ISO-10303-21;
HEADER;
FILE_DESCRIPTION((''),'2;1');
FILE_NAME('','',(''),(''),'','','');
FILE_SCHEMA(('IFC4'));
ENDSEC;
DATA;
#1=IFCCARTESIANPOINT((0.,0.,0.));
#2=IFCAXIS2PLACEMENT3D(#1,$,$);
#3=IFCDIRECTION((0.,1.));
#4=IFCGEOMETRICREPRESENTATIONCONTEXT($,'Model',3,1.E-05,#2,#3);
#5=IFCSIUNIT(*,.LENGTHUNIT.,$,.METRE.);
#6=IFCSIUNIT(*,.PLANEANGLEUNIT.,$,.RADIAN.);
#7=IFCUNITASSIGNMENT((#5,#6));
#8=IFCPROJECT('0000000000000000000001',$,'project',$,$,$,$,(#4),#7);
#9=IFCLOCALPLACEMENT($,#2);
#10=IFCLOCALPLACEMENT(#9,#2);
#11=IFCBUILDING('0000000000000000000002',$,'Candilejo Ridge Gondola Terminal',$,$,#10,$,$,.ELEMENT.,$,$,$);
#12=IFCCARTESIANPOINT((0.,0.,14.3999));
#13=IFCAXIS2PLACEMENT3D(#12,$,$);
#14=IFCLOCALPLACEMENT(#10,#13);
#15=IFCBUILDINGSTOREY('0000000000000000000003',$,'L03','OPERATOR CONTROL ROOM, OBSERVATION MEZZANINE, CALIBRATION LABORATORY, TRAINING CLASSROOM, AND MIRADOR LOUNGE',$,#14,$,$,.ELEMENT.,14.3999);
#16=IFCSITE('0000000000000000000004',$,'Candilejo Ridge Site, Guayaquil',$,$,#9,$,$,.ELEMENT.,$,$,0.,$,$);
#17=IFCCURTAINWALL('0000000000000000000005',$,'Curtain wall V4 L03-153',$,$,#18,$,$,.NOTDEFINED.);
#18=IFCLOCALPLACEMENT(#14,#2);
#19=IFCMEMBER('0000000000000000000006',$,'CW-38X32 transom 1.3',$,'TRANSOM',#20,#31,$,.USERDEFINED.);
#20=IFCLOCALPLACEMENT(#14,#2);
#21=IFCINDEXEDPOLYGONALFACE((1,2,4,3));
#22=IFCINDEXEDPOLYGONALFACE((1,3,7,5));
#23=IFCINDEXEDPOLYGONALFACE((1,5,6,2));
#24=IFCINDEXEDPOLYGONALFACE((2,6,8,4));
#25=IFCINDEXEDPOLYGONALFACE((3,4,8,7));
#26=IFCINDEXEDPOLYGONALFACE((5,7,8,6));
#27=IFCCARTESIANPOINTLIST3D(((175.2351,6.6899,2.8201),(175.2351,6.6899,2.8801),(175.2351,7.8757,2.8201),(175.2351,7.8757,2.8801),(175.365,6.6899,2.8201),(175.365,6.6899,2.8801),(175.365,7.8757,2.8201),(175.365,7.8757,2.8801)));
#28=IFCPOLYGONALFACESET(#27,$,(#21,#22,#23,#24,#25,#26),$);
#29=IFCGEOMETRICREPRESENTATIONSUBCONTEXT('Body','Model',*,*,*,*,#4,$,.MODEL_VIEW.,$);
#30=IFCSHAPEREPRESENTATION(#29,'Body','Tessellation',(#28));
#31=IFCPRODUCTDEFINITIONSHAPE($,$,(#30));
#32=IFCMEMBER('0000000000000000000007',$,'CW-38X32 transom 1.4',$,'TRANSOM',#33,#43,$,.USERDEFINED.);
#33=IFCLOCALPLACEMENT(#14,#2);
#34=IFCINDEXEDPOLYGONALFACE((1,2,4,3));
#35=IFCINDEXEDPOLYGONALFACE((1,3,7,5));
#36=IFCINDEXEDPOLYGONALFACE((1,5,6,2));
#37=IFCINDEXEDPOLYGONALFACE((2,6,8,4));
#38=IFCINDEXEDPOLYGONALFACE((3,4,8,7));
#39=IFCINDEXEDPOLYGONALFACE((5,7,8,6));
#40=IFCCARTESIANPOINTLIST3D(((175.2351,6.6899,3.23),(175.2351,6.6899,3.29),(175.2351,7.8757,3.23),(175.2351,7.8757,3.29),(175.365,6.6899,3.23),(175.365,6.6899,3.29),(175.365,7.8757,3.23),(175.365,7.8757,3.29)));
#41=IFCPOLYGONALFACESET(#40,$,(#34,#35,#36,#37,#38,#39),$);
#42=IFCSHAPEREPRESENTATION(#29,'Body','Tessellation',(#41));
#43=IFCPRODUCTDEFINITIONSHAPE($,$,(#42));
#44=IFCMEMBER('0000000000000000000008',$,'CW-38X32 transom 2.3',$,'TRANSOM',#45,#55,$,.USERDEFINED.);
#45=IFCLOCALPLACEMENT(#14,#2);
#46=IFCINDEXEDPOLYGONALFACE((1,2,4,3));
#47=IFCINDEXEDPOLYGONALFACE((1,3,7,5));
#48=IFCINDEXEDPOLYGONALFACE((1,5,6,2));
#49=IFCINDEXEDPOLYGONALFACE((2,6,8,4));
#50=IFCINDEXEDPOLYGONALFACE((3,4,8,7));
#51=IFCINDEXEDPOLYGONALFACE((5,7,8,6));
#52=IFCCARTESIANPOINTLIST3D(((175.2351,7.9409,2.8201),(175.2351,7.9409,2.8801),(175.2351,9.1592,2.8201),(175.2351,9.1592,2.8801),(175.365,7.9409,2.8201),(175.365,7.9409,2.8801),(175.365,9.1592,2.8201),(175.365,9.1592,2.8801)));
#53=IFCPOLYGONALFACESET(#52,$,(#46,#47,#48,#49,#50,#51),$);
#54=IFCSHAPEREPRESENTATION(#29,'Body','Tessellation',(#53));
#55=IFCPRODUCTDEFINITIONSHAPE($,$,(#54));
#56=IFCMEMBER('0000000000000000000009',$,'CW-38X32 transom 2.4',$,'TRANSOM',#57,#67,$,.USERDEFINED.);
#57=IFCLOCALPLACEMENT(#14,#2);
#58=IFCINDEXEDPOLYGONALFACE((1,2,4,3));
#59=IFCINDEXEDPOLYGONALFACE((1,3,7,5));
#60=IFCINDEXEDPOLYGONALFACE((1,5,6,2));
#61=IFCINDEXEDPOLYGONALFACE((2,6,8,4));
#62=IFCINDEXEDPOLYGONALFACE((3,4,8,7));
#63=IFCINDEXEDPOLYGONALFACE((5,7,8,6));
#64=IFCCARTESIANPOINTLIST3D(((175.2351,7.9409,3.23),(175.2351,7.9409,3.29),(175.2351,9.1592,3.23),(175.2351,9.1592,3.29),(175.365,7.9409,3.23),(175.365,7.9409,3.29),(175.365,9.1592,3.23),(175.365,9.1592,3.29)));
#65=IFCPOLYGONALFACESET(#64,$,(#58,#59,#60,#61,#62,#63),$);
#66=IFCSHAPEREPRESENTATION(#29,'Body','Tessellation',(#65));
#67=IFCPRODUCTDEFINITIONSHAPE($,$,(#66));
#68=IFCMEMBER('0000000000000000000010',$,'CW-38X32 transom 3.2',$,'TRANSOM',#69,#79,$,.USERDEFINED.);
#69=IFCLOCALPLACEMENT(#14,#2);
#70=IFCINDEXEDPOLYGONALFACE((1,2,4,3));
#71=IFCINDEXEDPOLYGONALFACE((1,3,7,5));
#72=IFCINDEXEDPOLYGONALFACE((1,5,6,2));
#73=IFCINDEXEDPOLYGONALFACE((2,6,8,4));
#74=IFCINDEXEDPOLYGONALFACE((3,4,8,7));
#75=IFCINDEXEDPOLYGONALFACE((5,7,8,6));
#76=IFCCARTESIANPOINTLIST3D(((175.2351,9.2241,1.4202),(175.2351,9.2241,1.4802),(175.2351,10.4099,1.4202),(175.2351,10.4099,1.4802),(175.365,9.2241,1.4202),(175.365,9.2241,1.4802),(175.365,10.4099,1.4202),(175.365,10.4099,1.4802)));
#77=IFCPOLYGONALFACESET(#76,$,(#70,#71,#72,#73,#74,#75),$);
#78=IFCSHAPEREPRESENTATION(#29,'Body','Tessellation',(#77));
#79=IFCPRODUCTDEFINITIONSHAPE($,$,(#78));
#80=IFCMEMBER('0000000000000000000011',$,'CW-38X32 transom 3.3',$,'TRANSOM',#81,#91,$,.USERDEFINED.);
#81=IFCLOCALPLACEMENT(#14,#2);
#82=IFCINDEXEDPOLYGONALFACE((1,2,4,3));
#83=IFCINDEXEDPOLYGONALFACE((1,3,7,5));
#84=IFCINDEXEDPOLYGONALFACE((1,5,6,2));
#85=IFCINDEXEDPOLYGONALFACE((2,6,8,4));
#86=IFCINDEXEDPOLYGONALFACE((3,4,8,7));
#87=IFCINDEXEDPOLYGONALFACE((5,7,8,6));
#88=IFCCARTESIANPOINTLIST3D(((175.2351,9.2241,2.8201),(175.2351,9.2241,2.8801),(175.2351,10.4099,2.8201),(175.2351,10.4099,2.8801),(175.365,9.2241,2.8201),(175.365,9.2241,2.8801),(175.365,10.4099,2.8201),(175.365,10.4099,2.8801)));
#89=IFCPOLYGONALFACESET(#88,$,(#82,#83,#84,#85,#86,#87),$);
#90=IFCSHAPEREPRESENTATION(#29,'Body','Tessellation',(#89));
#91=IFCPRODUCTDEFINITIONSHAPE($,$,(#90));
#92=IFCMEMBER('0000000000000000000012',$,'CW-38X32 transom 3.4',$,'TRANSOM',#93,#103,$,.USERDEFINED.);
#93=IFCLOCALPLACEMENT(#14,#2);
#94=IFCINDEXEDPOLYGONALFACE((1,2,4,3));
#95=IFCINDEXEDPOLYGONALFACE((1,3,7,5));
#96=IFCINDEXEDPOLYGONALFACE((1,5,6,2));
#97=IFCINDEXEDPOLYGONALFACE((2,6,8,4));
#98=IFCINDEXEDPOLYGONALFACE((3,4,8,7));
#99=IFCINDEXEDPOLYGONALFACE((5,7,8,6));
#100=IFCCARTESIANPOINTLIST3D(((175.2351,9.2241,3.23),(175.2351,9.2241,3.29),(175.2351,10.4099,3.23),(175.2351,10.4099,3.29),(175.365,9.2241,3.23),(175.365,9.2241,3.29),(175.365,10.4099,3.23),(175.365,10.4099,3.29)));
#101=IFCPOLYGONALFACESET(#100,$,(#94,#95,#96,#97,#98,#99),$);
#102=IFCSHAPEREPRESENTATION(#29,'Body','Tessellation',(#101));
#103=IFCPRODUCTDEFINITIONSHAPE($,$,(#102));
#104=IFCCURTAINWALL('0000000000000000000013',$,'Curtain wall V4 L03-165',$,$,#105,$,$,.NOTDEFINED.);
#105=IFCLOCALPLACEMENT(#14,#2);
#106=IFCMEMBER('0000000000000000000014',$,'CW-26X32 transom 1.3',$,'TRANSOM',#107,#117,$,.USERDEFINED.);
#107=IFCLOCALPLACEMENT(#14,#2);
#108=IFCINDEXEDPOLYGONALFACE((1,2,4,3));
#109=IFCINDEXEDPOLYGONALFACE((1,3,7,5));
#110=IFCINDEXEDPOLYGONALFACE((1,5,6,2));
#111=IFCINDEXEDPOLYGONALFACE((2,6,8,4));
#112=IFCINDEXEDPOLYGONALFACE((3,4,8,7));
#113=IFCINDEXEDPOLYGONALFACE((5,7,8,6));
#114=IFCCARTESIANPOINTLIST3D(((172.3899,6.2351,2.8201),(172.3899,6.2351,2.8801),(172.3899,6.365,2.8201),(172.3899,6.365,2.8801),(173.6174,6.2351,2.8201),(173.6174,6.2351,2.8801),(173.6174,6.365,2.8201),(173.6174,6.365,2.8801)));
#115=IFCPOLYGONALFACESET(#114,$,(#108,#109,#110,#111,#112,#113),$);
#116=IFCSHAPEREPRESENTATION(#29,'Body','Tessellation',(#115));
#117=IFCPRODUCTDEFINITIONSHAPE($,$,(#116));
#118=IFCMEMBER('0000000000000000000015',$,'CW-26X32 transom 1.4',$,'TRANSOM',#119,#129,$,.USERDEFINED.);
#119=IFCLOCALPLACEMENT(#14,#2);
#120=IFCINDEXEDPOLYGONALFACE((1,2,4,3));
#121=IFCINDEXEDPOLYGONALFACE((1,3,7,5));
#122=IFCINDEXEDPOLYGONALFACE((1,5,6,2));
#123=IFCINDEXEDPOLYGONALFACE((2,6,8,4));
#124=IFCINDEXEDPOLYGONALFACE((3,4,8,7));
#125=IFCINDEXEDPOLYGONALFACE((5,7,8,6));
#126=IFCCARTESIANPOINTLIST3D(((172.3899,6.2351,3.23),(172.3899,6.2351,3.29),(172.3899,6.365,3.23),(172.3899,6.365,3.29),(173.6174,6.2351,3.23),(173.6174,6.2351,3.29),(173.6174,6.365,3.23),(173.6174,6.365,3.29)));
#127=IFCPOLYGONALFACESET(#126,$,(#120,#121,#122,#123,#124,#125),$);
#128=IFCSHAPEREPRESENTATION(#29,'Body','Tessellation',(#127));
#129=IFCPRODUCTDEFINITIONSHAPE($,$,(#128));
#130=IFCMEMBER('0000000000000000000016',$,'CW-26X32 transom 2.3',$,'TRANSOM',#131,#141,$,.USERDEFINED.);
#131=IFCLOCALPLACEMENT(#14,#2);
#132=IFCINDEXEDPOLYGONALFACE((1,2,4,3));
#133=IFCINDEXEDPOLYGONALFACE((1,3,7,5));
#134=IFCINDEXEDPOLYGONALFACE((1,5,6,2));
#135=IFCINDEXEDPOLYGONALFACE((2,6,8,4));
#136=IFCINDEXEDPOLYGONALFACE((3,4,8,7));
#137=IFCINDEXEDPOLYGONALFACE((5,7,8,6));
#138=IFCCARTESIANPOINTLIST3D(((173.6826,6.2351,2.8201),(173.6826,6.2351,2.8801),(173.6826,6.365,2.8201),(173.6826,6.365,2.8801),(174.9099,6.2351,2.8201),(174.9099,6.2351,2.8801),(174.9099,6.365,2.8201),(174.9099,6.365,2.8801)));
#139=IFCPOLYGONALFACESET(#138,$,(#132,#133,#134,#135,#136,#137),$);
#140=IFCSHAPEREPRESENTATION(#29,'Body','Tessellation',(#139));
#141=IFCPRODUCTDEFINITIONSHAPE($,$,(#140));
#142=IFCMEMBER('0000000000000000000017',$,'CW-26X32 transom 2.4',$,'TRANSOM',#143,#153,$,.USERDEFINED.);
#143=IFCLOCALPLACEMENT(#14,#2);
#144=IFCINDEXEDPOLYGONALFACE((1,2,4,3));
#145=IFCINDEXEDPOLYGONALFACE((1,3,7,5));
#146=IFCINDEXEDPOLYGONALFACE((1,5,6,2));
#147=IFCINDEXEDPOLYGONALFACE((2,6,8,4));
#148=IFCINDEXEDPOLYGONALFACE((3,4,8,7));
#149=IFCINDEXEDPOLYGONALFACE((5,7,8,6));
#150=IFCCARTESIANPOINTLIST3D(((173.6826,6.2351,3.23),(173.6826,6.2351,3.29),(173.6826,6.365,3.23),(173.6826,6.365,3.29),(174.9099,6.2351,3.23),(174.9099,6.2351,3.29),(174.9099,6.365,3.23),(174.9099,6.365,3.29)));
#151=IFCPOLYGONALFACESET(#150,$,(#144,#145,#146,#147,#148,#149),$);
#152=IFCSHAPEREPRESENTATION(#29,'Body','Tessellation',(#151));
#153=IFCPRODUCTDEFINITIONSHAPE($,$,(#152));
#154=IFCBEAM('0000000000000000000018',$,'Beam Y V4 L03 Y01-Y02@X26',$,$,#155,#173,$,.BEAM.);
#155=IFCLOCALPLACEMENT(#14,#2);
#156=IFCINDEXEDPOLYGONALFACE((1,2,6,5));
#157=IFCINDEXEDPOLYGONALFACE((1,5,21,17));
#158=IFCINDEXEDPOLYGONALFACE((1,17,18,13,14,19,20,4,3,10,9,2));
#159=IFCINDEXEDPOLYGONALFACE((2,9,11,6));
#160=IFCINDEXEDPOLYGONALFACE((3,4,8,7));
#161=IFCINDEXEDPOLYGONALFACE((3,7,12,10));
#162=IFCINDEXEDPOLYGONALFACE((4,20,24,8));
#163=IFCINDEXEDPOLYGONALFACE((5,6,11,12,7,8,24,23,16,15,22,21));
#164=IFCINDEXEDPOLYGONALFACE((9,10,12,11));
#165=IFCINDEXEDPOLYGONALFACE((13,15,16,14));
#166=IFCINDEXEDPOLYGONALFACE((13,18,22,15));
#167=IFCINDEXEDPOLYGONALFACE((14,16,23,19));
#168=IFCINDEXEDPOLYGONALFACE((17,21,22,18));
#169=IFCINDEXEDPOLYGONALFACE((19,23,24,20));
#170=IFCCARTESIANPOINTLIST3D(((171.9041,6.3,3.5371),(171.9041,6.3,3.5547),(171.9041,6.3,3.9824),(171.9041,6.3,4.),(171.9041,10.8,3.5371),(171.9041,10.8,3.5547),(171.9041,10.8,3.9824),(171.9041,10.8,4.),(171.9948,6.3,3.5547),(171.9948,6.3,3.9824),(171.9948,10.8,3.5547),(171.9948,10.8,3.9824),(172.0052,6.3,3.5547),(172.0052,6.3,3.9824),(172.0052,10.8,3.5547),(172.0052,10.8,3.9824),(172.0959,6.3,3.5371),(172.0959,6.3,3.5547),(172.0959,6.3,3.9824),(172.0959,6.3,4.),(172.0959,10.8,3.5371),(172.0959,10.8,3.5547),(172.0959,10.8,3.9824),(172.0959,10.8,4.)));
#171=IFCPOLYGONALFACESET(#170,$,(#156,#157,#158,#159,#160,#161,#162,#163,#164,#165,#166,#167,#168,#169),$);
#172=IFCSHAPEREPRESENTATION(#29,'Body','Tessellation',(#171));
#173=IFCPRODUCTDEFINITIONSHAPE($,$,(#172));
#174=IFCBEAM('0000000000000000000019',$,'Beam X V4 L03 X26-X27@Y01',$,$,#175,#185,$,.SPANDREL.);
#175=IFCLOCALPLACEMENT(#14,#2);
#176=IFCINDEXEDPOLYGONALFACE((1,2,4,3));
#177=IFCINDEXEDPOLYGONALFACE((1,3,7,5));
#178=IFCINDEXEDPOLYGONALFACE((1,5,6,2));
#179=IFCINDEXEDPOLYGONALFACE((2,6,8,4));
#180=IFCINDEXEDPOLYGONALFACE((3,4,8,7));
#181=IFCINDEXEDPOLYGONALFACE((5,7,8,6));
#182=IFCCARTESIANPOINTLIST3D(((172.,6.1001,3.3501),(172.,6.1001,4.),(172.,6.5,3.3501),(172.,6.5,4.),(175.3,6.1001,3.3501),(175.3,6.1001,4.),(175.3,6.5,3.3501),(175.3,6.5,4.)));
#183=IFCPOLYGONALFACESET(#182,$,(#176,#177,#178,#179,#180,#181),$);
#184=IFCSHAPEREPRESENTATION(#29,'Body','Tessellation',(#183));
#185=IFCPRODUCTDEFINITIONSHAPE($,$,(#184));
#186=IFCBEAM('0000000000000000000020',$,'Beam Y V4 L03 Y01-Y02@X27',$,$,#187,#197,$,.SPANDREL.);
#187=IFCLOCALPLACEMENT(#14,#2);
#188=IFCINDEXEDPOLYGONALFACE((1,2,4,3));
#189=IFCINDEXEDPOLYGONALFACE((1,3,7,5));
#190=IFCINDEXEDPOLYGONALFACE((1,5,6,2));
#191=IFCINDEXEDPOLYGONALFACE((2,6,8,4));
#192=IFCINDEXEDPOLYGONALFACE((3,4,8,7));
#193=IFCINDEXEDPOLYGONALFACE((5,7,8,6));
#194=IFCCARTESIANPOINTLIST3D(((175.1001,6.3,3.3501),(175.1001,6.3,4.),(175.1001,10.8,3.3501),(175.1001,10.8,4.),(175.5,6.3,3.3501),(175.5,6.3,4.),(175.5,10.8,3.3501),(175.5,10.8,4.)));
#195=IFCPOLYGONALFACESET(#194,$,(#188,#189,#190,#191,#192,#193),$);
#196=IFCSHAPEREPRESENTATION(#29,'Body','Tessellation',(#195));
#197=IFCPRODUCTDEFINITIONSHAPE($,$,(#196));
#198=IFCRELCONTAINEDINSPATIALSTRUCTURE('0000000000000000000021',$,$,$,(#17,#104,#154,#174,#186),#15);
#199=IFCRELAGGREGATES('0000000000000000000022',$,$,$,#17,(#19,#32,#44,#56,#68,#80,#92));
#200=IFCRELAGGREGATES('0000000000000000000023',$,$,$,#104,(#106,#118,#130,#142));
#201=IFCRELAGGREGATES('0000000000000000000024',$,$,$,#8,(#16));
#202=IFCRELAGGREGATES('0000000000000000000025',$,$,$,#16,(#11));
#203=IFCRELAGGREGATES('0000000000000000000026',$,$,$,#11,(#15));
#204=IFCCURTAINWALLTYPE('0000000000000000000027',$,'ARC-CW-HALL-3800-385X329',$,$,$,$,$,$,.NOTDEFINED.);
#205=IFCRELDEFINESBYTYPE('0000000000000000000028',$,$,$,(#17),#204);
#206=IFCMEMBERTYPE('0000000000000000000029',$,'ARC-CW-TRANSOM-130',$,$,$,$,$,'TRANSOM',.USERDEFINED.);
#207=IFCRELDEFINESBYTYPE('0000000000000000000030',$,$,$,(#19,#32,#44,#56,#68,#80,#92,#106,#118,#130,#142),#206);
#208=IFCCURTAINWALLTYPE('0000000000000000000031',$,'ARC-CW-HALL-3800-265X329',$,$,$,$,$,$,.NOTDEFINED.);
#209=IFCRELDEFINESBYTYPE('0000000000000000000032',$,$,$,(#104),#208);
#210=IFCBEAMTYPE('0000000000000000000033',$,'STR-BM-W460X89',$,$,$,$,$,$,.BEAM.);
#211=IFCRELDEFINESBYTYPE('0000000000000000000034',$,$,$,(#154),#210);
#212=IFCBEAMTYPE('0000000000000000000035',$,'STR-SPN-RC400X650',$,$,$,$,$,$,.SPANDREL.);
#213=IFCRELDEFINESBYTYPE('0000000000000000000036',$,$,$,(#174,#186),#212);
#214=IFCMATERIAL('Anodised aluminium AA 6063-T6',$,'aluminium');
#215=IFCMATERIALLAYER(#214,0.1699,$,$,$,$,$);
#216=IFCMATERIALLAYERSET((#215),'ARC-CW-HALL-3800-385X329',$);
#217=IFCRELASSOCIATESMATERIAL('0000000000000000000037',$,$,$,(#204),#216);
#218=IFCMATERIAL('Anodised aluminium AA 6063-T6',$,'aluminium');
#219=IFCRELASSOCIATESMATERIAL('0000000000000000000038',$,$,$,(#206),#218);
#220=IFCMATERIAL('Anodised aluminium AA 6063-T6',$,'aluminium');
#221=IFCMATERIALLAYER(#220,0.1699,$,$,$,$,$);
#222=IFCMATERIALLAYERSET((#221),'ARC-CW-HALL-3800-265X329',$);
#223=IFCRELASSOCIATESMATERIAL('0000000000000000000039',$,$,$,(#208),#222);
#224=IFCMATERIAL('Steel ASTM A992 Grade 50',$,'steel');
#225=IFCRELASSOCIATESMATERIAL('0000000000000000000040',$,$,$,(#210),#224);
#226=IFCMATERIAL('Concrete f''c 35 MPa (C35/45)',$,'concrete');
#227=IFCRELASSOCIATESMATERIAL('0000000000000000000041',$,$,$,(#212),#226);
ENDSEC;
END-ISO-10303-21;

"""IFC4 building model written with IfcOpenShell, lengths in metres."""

from ifc_helpers import new_model, si_unit, direction, frame, origin, origin_2d, place, context, subcontext, project, spatial, rectangle, i_section, extrude, material, layer, layer_set, material_profile, profile_set, type_object, element, aggregate, save


model = new_model("IFC4")

# Units and contexts
model_context = context("Model", 3, precision=1e-05, world=origin(), true_north=direction((0.0, 1.0)))
body_context = subcontext(model_context, "Body", "Model", "MODEL_VIEW")
ifc_project = project(units=[si_unit("LENGTHUNIT", "METRE"), si_unit("PLANEANGLEUNIT", "RADIAN")], contexts=[model_context])

# Site, building, storey
site_placement = place(None, origin())
site = spatial("IfcSite", under=ifc_project, at=site_placement, Name="Candilejo Ridge Site, Guayaquil", CompositionType="ELEMENT", RefElevation=0.0)
building_placement = place(site_placement, origin())
building = spatial("IfcBuilding", under=site, at=building_placement, Name="Candilejo Ridge Gondola Terminal", CompositionType="ELEMENT")
storey_placement = place(building_placement, frame((0.0, 0.0, 14.3999)))
storey = spatial("IfcBuildingStorey", under=building, at=storey_placement, Name="L03", Description="OPERATOR CONTROL ROOM, OBSERVATION MEZZANINE, CALIBRATION LABORATORY, TRAINING CLASSROOM, AND MIRADOR LOUNGE", CompositionType="ELEMENT", Elevation=14.3999)

# Curtain walls, members
ifc_material_1 = material(Name="Anodised aluminium AA 6063-T6", Category="aluminium")
ifc_layer_1 = layer(ifc_material_1, 0.1699)
ifc_layer_set_1 = layer_set([ifc_layer_1], Name="ARC-CW-HALL-3800-385X329")
curtain_wall_type_1 = type_object("IfcCurtainWallType", Name="ARC-CW-HALL-3800-385X329", PredefinedType="NOTDEFINED", material=ifc_layer_set_1)
curtain_wall_1_placement = place(storey_placement, origin())
curtain_wall_1 = element("IfcCurtainWall", 1, at=curtain_wall_1_placement, inside=storey, type_object=curtain_wall_type_1, Name="Curtain wall V4 L03-153", PredefinedType="NOTDEFINED")
ifc_material_2 = material(Name="Anodised aluminium AA 6063-T6", Category="aluminium")
ifc_material_profile_1 = material_profile(ifc_material_2, rectangle(XDim=0.1299, YDim=0.0601, at=origin_2d()))
ifc_profile_set_1 = profile_set([ifc_material_profile_1], Name="Anodised aluminium AA 6063-T6")
member_type = type_object("IfcMemberType", Name="ARC-CW-TRANSOM-130", ElementType="TRANSOM", PredefinedType="USERDEFINED", material=ifc_profile_set_1)
member_1_placement = place(storey_placement, frame((175.3, 6.6899, 2.8501), z_axis=(0.0, 1.0, 0.0), x_axis=(-1.0, 0.0, 0.0)))
member_1 = element("IfcMember", 2, at=member_1_placement, type_object=member_type, Name="CW-38X32 transom 1.3", ObjectType="TRANSOM", PredefinedType="USERDEFINED", context=body_context, shape_type="SweptSolid", body=[
    extrude(rectangle(XDim=0.1299, YDim=0.0601, at=origin_2d()), origin(), (0.0, 0.0, 1.0), 1.1858),
])
member_2_placement = place(storey_placement, frame((175.3, 6.6899, 3.26), z_axis=(0.0, 1.0, 0.0), x_axis=(-1.0, 0.0, 0.0)))
member_2 = element("IfcMember", 3, at=member_2_placement, type_object=member_type, Name="CW-38X32 transom 1.4", ObjectType="TRANSOM", PredefinedType="USERDEFINED", context=body_context, shape_type="SweptSolid", body=[
    extrude(rectangle(XDim=0.1299, YDim=0.0601, at=origin_2d()), origin(), (0.0, 0.0, 1.0), 1.1858),
])
member_3_placement = place(storey_placement, frame((175.3, 7.9409, 2.8501), z_axis=(0.0, 1.0, 0.0), x_axis=(-1.0, 0.0, 0.0)))
member_3 = element("IfcMember", 4, at=member_3_placement, type_object=member_type, Name="CW-38X32 transom 2.3", ObjectType="TRANSOM", PredefinedType="USERDEFINED", context=body_context, shape_type="SweptSolid", body=[
    extrude(rectangle(XDim=0.1299, YDim=0.0601, at=origin_2d()), origin(), (0.0, 0.0, 1.0), 1.2183),
])
member_4_placement = place(storey_placement, frame((175.3, 7.9409, 3.26), z_axis=(0.0, 1.0, 0.0), x_axis=(-1.0, 0.0, 0.0)))
member_4 = element("IfcMember", 5, at=member_4_placement, type_object=member_type, Name="CW-38X32 transom 2.4", ObjectType="TRANSOM", PredefinedType="USERDEFINED", context=body_context, shape_type="SweptSolid", body=[
    extrude(rectangle(XDim=0.1299, YDim=0.0601, at=origin_2d()), origin(), (0.0, 0.0, 1.0), 1.2183),
])
member_5_placement = place(storey_placement, frame((175.3, 9.2241, 1.4502), z_axis=(0.0, 1.0, 0.0), x_axis=(-1.0, 0.0, 0.0)))
member_5 = element("IfcMember", 6, at=member_5_placement, type_object=member_type, Name="CW-38X32 transom 3.2", ObjectType="TRANSOM", PredefinedType="USERDEFINED", context=body_context, shape_type="SweptSolid", body=[
    extrude(rectangle(XDim=0.1299, YDim=0.0601, at=origin_2d()), origin(), (0.0, 0.0, 1.0), 1.1858),
])
member_6_placement = place(storey_placement, frame((175.3, 9.2241, 2.8501), z_axis=(0.0, 1.0, 0.0), x_axis=(-1.0, 0.0, 0.0)))
member_6 = element("IfcMember", 7, at=member_6_placement, type_object=member_type, Name="CW-38X32 transom 3.3", ObjectType="TRANSOM", PredefinedType="USERDEFINED", context=body_context, shape_type="SweptSolid", body=[
    extrude(rectangle(XDim=0.1299, YDim=0.0601, at=origin_2d()), origin(), (0.0, 0.0, 1.0), 1.1858),
])
member_7_placement = place(storey_placement, frame((175.3, 9.2241, 3.26), z_axis=(0.0, 1.0, 0.0), x_axis=(-1.0, 0.0, 0.0)))
member_7 = element("IfcMember", 8, at=member_7_placement, type_object=member_type, Name="CW-38X32 transom 3.4", ObjectType="TRANSOM", PredefinedType="USERDEFINED", context=body_context, shape_type="SweptSolid", body=[
    extrude(rectangle(XDim=0.1299, YDim=0.0601, at=origin_2d()), origin(), (0.0, 0.0, 1.0), 1.1858),
])
ifc_material_3 = material(Name="Anodised aluminium AA 6063-T6", Category="aluminium")
ifc_layer_2 = layer(ifc_material_3, 0.1699)
ifc_layer_set_2 = layer_set([ifc_layer_2], Name="ARC-CW-HALL-3800-265X329")
curtain_wall_type_2 = type_object("IfcCurtainWallType", Name="ARC-CW-HALL-3800-265X329", PredefinedType="NOTDEFINED", material=ifc_layer_set_2)
curtain_wall_2_placement = place(storey_placement, origin())
curtain_wall_2 = element("IfcCurtainWall", 9, at=curtain_wall_2_placement, inside=storey, type_object=curtain_wall_type_2, Name="Curtain wall V4 L03-165", PredefinedType="NOTDEFINED")
member_8_placement = place(storey_placement, frame((172.3899, 6.3, 2.8501), z_axis=(1.0, 0.0, 0.0), x_axis=(0.0, 1.0, 0.0)))
member_8 = element("IfcMember", 10, at=member_8_placement, type_object=member_type, Name="CW-26X32 transom 1.3", ObjectType="TRANSOM", PredefinedType="USERDEFINED", context=body_context, shape_type="SweptSolid", body=[
    extrude(rectangle(XDim=0.1299, YDim=0.0601, at=origin_2d()), origin(), (0.0, 0.0, 1.0), 1.2275),
])
member_9_placement = place(storey_placement, frame((172.3899, 6.3, 3.26), z_axis=(1.0, 0.0, 0.0), x_axis=(0.0, 1.0, 0.0)))
member_9 = element("IfcMember", 11, at=member_9_placement, type_object=member_type, Name="CW-26X32 transom 1.4", ObjectType="TRANSOM", PredefinedType="USERDEFINED", context=body_context, shape_type="SweptSolid", body=[
    extrude(rectangle(XDim=0.1299, YDim=0.0601, at=origin_2d()), origin(), (0.0, 0.0, 1.0), 1.2275),
])
member_10_placement = place(storey_placement, frame((173.6826, 6.3, 2.8501), z_axis=(1.0, 0.0, 0.0), x_axis=(0.0, 1.0, 0.0)))
member_10 = element("IfcMember", 12, at=member_10_placement, type_object=member_type, Name="CW-26X32 transom 2.3", ObjectType="TRANSOM", PredefinedType="USERDEFINED", context=body_context, shape_type="SweptSolid", body=[
    extrude(rectangle(XDim=0.1299, YDim=0.0601, at=origin_2d()), origin(), (0.0, 0.0, 1.0), 1.2273),
])
member_11_placement = place(storey_placement, frame((173.6826, 6.3, 3.26), z_axis=(1.0, 0.0, 0.0), x_axis=(0.0, 1.0, 0.0)))
member_11 = element("IfcMember", 13, at=member_11_placement, type_object=member_type, Name="CW-26X32 transom 2.4", ObjectType="TRANSOM", PredefinedType="USERDEFINED", context=body_context, shape_type="SweptSolid", body=[
    extrude(rectangle(XDim=0.1299, YDim=0.0601, at=origin_2d()), origin(), (0.0, 0.0, 1.0), 1.2273),
])

# Beams
ifc_material_4 = material(Name="Steel ASTM A992 Grade 50", Category="steel")
ifc_material_profile_2 = material_profile(ifc_material_4, i_section(OverallWidth=0.1919, OverallDepth=0.4629, WebThickness=0.0105, FlangeThickness=0.0176, at=origin_2d()))
ifc_profile_set_2 = profile_set([ifc_material_profile_2], Name="Steel ASTM A992 Grade 50")
beam_type_1 = type_object("IfcBeamType", Name="STR-BM-W460X89", PredefinedType="BEAM", material=ifc_profile_set_2)
beam_1_placement = place(storey_placement, frame((172.0, 6.3, 3.7686), z_axis=(0.0, 1.0, 0.0), x_axis=(-1.0, 0.0, 0.0)))
element("IfcBeam", 14, at=beam_1_placement, inside=storey, type_object=beam_type_1, Name="Beam Y V4 L03 Y01-Y02@X26", PredefinedType="BEAM", context=body_context, shape_type="SweptSolid", body=[
    extrude(i_section(OverallWidth=0.1919, OverallDepth=0.4629, WebThickness=0.0105, FlangeThickness=0.0176, at=origin_2d()), origin(), (0.0, 0.0, 1.0), 4.5),
])
ifc_material_5 = material(Name="Concrete f'c 35 MPa (C35/45)", Category="concrete")
ifc_material_profile_3 = material_profile(ifc_material_5, rectangle(XDim=0.3999, YDim=0.6499, at=origin_2d()))
ifc_profile_set_3 = profile_set([ifc_material_profile_3], Name="Concrete f'c 35 MPa (C35/45)")
beam_type_2 = type_object("IfcBeamType", Name="STR-SPN-RC400X650", PredefinedType="SPANDREL", material=ifc_profile_set_3)
beam_2_placement = place(storey_placement, frame((172.0, 6.3, 3.675), z_axis=(1.0, 0.0, 0.0), x_axis=(0.0, 1.0, 0.0)))
element("IfcBeam", 15, at=beam_2_placement, inside=storey, type_object=beam_type_2, Name="Beam X V4 L03 X26-X27@Y01", PredefinedType="SPANDREL", context=body_context, shape_type="SweptSolid", body=[
    extrude(rectangle(XDim=0.3999, YDim=0.6499, at=origin_2d()), origin(), (0.0, 0.0, 1.0), 3.3),
])
beam_3_placement = place(storey_placement, frame((175.3, 6.3, 3.675), z_axis=(0.0, 1.0, 0.0), x_axis=(-1.0, 0.0, 0.0)))
element("IfcBeam", 16, at=beam_3_placement, inside=storey, type_object=beam_type_2, Name="Beam Y V4 L03 Y01-Y02@X27", PredefinedType="SPANDREL", context=body_context, shape_type="SweptSolid", body=[
    extrude(rectangle(XDim=0.3999, YDim=0.6499, at=origin_2d()), origin(), (0.0, 0.0, 1.0), 4.5),
])

aggregate(curtain_wall_1, [member_1, member_2, member_3, member_4, member_5, member_6, member_7])
aggregate(curtain_wall_2, [member_8, member_9, member_10, member_11])

save(model, "model.ifc")
